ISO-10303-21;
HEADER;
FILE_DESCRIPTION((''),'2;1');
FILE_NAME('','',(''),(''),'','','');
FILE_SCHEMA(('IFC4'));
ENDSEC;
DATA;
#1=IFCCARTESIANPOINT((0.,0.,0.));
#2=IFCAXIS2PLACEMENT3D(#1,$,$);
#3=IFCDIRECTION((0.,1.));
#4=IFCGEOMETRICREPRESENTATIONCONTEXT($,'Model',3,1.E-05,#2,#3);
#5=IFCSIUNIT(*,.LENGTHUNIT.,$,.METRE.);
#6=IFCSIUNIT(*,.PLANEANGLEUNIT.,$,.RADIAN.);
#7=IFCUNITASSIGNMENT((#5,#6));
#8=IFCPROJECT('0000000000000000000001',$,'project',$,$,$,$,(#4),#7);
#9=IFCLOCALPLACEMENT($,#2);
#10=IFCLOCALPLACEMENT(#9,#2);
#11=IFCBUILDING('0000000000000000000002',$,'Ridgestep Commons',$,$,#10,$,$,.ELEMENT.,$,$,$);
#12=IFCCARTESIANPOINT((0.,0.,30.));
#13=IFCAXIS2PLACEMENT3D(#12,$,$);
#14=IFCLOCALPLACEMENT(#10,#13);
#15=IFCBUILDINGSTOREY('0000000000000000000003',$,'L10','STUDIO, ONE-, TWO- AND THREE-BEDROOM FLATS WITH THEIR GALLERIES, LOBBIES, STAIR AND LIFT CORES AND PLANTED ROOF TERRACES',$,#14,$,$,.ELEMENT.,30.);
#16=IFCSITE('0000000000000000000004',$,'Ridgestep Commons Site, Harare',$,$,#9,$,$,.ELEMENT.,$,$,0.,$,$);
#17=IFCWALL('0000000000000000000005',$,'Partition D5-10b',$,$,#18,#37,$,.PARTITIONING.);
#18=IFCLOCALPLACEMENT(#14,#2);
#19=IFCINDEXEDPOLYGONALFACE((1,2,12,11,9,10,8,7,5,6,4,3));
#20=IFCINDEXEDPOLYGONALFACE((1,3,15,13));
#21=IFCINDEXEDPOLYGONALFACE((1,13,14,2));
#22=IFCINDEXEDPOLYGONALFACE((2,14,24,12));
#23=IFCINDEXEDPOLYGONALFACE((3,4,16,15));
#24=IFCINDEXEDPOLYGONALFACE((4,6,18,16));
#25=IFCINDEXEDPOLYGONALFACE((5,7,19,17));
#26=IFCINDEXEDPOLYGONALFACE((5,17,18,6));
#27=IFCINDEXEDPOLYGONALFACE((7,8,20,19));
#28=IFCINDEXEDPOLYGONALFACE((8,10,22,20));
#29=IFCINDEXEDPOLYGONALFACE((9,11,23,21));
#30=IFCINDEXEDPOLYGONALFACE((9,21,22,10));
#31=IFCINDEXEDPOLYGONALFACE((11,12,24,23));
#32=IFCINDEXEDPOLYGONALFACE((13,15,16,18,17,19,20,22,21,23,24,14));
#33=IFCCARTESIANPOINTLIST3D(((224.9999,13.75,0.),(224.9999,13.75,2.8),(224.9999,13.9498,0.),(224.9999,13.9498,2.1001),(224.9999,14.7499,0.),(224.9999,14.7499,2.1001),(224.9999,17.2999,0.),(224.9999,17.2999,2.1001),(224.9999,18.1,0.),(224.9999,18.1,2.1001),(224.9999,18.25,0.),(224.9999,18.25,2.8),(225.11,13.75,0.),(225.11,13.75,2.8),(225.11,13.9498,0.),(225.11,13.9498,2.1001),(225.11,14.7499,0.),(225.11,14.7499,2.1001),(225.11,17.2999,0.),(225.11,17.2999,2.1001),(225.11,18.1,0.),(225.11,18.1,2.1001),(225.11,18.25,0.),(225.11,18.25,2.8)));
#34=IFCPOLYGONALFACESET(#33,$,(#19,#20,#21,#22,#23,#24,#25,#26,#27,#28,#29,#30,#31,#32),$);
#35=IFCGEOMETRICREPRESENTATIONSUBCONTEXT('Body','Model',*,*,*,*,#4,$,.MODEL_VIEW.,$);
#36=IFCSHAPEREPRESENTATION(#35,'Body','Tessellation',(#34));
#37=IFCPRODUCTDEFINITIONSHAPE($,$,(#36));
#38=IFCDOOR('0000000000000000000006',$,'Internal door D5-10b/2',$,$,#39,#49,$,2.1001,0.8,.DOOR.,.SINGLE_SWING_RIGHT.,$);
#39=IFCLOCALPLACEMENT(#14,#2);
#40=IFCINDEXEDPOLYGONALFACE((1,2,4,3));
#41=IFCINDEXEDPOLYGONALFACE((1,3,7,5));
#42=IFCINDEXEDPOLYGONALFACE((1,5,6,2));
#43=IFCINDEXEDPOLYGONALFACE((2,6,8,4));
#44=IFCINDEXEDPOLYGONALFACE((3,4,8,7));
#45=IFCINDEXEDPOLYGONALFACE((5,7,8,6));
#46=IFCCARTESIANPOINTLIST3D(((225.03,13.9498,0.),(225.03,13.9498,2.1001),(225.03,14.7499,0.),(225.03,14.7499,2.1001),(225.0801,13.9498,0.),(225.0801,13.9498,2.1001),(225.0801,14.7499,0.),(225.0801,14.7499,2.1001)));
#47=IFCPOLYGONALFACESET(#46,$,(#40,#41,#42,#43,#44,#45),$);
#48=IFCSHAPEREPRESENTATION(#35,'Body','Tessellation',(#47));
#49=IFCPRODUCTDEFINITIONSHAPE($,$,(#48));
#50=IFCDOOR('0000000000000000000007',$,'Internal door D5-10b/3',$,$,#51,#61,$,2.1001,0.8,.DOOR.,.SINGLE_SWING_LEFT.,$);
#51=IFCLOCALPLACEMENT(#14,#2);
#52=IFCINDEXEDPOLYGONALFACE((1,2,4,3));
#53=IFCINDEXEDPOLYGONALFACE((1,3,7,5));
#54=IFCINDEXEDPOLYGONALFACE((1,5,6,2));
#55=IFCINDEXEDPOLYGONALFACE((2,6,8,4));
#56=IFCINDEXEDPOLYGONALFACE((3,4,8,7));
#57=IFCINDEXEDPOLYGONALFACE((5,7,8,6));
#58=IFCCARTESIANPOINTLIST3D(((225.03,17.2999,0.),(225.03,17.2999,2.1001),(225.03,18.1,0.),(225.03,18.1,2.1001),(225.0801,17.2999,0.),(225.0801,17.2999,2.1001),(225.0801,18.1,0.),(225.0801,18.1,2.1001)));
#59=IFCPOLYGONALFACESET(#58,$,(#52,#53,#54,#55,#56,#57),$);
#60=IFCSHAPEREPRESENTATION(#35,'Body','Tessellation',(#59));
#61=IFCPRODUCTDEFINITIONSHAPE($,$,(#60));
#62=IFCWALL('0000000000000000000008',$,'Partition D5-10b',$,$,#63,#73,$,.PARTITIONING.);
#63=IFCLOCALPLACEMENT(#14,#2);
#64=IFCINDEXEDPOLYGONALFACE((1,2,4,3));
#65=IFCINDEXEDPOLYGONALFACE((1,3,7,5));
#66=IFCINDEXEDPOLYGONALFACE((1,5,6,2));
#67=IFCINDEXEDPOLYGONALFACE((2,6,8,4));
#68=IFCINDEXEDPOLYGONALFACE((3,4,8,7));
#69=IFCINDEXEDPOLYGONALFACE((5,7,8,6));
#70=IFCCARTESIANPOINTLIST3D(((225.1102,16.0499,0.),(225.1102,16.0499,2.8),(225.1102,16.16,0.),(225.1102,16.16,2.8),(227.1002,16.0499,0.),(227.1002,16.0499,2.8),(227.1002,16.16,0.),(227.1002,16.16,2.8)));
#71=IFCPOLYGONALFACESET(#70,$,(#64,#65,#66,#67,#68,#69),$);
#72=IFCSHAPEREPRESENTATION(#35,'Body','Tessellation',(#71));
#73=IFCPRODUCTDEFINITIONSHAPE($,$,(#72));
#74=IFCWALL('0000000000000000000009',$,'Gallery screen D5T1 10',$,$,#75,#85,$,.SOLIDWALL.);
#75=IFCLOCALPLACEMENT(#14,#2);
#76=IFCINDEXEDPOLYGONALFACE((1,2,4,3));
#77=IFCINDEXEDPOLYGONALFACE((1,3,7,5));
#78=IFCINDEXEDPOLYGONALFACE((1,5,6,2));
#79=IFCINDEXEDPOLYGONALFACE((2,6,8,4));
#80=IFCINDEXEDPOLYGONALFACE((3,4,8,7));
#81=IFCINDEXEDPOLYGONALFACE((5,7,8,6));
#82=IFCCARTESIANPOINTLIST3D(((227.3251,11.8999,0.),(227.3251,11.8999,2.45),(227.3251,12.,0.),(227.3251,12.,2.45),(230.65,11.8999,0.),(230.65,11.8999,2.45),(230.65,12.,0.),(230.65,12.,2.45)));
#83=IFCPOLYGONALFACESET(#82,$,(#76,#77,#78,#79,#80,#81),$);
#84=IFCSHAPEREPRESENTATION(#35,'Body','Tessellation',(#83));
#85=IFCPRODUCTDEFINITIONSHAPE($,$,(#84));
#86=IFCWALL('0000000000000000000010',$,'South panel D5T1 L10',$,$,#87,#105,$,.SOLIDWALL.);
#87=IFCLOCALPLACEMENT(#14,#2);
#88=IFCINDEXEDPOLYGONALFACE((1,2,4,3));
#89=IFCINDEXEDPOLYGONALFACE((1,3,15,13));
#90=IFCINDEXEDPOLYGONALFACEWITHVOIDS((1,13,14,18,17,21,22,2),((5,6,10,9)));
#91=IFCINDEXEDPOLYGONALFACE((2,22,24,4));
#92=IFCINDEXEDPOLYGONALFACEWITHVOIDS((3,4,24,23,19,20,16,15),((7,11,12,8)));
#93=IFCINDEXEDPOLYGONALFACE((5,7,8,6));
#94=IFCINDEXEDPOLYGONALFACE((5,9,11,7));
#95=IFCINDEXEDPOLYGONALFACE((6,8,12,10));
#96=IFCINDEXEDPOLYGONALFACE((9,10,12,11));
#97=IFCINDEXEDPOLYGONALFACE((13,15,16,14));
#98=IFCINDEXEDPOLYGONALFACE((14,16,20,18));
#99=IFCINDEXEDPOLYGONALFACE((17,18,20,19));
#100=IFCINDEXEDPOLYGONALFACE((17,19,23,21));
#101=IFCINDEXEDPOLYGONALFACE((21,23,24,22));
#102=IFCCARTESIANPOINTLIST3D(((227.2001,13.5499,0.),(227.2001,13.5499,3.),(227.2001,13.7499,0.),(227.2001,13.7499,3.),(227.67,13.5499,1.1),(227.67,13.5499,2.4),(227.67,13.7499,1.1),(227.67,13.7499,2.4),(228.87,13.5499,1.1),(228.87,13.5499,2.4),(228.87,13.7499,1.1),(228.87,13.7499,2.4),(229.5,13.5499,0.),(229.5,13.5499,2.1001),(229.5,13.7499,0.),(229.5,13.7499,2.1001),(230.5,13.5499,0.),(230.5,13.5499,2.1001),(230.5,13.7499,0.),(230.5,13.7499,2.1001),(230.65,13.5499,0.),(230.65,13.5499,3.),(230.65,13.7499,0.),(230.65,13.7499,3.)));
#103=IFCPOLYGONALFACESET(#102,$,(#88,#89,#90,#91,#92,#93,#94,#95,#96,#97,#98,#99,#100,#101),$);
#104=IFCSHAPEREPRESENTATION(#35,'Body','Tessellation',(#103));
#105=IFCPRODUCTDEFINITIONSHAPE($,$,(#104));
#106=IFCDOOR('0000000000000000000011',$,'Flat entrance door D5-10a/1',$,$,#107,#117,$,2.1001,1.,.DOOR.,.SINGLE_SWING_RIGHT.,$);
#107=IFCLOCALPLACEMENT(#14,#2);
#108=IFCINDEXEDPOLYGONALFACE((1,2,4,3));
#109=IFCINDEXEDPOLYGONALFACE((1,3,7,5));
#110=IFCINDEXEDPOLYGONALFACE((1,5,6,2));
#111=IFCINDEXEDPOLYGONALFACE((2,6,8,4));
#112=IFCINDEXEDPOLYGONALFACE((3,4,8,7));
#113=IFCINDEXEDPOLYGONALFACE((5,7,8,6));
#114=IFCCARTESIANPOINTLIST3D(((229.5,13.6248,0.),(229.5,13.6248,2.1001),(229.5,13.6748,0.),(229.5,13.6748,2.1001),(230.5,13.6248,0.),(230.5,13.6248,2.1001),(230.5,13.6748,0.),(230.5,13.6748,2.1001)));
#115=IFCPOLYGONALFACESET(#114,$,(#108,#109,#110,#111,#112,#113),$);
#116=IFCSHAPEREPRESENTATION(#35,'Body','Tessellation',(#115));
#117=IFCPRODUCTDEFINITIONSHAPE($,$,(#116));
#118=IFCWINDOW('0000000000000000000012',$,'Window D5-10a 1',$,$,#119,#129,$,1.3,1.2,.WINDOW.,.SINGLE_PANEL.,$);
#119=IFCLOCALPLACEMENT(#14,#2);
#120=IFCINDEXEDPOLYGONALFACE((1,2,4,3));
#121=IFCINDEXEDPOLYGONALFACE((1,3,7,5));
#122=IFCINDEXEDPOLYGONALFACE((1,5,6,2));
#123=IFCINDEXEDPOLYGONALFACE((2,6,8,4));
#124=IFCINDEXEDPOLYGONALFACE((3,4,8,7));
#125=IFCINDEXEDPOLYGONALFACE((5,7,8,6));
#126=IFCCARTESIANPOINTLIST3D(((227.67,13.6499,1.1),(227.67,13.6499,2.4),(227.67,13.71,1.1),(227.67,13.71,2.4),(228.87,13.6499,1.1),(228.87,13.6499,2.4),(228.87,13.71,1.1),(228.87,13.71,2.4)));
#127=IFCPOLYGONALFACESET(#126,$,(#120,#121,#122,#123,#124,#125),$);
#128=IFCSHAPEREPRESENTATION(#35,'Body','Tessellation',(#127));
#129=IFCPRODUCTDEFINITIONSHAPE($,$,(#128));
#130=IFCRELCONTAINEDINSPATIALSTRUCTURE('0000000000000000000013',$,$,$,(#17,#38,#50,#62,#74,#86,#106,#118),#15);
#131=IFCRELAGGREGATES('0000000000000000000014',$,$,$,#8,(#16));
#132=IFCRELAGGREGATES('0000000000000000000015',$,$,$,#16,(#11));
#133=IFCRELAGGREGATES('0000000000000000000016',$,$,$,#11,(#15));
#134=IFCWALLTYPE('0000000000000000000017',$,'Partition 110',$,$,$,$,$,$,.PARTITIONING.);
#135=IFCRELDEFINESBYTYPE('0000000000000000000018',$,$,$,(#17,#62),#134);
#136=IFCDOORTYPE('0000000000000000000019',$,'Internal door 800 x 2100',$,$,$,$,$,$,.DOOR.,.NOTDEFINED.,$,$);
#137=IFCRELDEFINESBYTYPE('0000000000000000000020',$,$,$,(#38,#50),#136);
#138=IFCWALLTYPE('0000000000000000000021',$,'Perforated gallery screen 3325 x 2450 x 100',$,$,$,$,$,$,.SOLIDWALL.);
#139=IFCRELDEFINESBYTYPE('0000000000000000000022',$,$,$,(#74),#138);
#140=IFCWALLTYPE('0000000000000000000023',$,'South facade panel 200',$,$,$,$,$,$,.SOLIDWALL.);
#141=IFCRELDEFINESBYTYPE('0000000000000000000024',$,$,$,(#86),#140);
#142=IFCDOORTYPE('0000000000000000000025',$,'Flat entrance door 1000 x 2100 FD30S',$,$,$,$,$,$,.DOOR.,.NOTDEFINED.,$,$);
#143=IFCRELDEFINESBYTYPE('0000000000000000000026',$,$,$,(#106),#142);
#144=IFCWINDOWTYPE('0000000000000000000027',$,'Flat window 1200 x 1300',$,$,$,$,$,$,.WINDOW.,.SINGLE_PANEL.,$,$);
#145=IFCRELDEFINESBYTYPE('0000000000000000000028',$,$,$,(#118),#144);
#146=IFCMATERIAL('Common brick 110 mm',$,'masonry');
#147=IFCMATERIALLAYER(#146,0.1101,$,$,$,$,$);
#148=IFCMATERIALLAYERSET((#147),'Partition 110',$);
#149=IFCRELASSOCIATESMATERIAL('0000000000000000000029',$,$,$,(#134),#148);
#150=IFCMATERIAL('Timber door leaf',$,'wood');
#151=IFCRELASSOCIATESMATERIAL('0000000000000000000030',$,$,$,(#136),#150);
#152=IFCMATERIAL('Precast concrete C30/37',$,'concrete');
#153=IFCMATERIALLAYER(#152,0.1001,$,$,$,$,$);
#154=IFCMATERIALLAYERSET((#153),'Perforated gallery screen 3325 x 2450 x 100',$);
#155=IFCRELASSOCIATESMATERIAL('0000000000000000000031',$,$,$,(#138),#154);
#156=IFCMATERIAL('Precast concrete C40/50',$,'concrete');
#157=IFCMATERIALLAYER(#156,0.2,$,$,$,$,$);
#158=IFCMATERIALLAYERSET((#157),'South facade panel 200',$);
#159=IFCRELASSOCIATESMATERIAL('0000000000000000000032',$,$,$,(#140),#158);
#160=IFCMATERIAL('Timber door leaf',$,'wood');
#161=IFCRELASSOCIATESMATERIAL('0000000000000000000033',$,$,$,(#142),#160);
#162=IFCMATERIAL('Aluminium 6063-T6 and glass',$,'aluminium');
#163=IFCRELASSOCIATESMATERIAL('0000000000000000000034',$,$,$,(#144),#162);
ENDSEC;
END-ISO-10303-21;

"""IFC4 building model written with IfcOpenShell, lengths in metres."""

from ifc_helpers import new_model, si_unit, direction, frame, frame_2d, origin, place, context, subcontext, project, spatial, rectangle, extrude, material, layer, layer_set, type_object, element, fill, save


model = new_model("IFC4")

# Units and contexts
model_context = context("Model", 3, precision=1e-05, world=origin(), true_north=direction((0.0, 1.0)))
body_context = subcontext(model_context, "Body", "Model", "MODEL_VIEW")
ifc_project = project(units=[si_unit("LENGTHUNIT", "METRE"), si_unit("PLANEANGLEUNIT", "RADIAN")], contexts=[model_context])

# Site, building, storey
site_placement = place(None, origin())
site = spatial("IfcSite", under=ifc_project, at=site_placement, Name="Ridgestep Commons Site, Harare", CompositionType="ELEMENT", RefElevation=0.0)
building_placement = place(site_placement, origin())
building = spatial("IfcBuilding", under=site, at=building_placement, Name="Ridgestep Commons", CompositionType="ELEMENT")
storey_placement = place(building_placement, frame((0.0, 0.0, 30.0)))
storey = spatial("IfcBuildingStorey", under=building, at=storey_placement, Name="L10", Description="STUDIO, ONE-, TWO- AND THREE-BEDROOM FLATS WITH THEIR GALLERIES, LOBBIES, STAIR AND LIFT CORES AND PLANTED ROOF TERRACES", CompositionType="ELEMENT", Elevation=30.0)

# Shared definitions
ifc_material_1 = material(Name="Common brick 110 mm", Category="masonry")
ifc_layer_1 = layer(ifc_material_1, 0.1101)
ifc_layer_set_1 = layer_set([ifc_layer_1], Name="Partition 110")
wall_type_1 = type_object("IfcWallType", Name="Partition 110", PredefinedType="PARTITIONING", material=ifc_layer_set_1)

# Shared definitions
ifc_material_2 = material(Name="Timber door leaf", Category="wood")
door_type_1 = type_object("IfcDoorType", Name="Internal door 800 x 2100", OperationType="NOTDEFINED", PredefinedType="DOOR", material=ifc_material_2)

# Wall, openings, doors
wall_1_placement = place(storey_placement, frame((225.0549, 13.75, 0.0), z_axis=(0.0, 0.0, 1.0), x_axis=(0.0, 1.0, 0.0)))
wall_1 = element("IfcWall", 1, at=wall_1_placement, inside=storey, type_object=wall_type_1, Name="Partition D5-10b", PredefinedType="PARTITIONING", context=body_context, shape_type="SweptSolid", body=[
    extrude(rectangle(XDim=4.5, YDim=0.1101, at=frame_2d((2.25, 0.0))), origin(), (0.0, 0.0, 1.0), 2.8),
])
opening_1_placement = place(wall_1_placement, frame((0.2, 0.0, 0.0)))
opening_1 = element("IfcOpeningElement", 2, at=opening_1_placement, cuts=wall_1, PredefinedType="OPENING", context=body_context, shape_type="SweptSolid", body=[
    extrude(rectangle(XDim=0.8, YDim=2.1001, at=frame_2d((0.3999, 1.05))), frame((0.0, 0.0649, 0.0), z_axis=(0.0, -1.0, 0.0), x_axis=(1.0, 0.0, 0.0)), (0.0, 0.0, 1.0), 0.1301),
])
opening_2_placement = place(wall_1_placement, frame((3.55, 0.0, 0.0)))
opening_2 = element("IfcOpeningElement", 3, at=opening_2_placement, cuts=wall_1, PredefinedType="OPENING", context=body_context, shape_type="SweptSolid", body=[
    extrude(rectangle(XDim=0.8, YDim=2.1001, at=frame_2d((0.3999, 1.05))), frame((0.0, 0.0649, 0.0), z_axis=(0.0, -1.0, 0.0), x_axis=(1.0, 0.0, 0.0)), (0.0, 0.0, 1.0), 0.1301),
])
door_1_placement = place(opening_1_placement, origin())
door_1 = element("IfcDoor", 4, at=door_1_placement, inside=storey, type_object=door_type_1, Name="Internal door D5-10b/2", OperationType="SINGLE_SWING_RIGHT", OverallHeight=2.1001, OverallWidth=0.8, PredefinedType="DOOR", context=body_context, shape_type="SweptSolid", body=[
    extrude(rectangle(XDim=0.8, YDim=2.1001, at=frame_2d((0.3999, 1.05))), frame((0.0, 0.0249, 0.0), z_axis=(0.0, -1.0, 0.0), x_axis=(1.0, 0.0, 0.0)), (0.0, 0.0, 1.0), 0.05),
])
fill(opening_1, door_1)
door_2_placement = place(opening_2_placement, origin())
door_2 = element("IfcDoor", 5, at=door_2_placement, inside=storey, type_object=door_type_1, Name="Internal door D5-10b/3", OperationType="SINGLE_SWING_LEFT", OverallHeight=2.1001, OverallWidth=0.8, PredefinedType="DOOR", context=body_context, shape_type="SweptSolid", body=[
    extrude(rectangle(XDim=0.8, YDim=2.1001, at=frame_2d((0.3999, 1.05))), frame((0.0, 0.0249, 0.0), z_axis=(0.0, -1.0, 0.0), x_axis=(1.0, 0.0, 0.0)), (0.0, 0.0, 1.0), 0.05),
])
fill(opening_2, door_2)

# Walls
wall_2_placement = place(storey_placement, frame((225.1101, 16.105, 0.0), z_axis=(0.0, 0.0, 1.0), x_axis=(1.0, 0.0, 0.0)))
element("IfcWall", 6, at=wall_2_placement, inside=storey, type_object=wall_type_1, Name="Partition D5-10b", PredefinedType="PARTITIONING", context=body_context, shape_type="SweptSolid", body=[
    extrude(rectangle(XDim=1.99, YDim=0.1101, at=frame_2d((0.9951, 0.0))), origin(), (0.0, 0.0, 1.0), 2.8),
])
ifc_material_3 = material(Name="Precast concrete C30/37", Category="concrete")
ifc_layer_2 = layer(ifc_material_3, 0.1001)
ifc_layer_set_2 = layer_set([ifc_layer_2], Name="Perforated gallery screen 3325 x 2450 x 100")
wall_type_2 = type_object("IfcWallType", Name="Perforated gallery screen 3325 x 2450 x 100", PredefinedType="SOLIDWALL", material=ifc_layer_set_2)
wall_3_placement = place(storey_placement, frame((227.325, 11.95, 0.0), z_axis=(0.0, 0.0, 1.0), x_axis=(1.0, 0.0, 0.0)))
element("IfcWall", 7, at=wall_3_placement, inside=storey, type_object=wall_type_2, Name="Gallery screen D5T1 10", PredefinedType="SOLIDWALL", context=body_context, shape_type="SweptSolid", body=[
    extrude(rectangle(XDim=3.325, YDim=0.1001, at=frame_2d((1.6626, 0.0))), origin(), (0.0, 0.0, 1.0), 2.45),
])

# Wall, openings, door, window
ifc_material_4 = material(Name="Precast concrete C40/50", Category="concrete")
ifc_layer_3 = layer(ifc_material_4, 0.2)
ifc_layer_set_3 = layer_set([ifc_layer_3], Name="South facade panel 200")
wall_type_3 = type_object("IfcWallType", Name="South facade panel 200", PredefinedType="SOLIDWALL", material=ifc_layer_set_3)
wall_4_placement = place(storey_placement, frame((227.2, 13.6499, 0.0), z_axis=(0.0, 0.0, 1.0), x_axis=(1.0, 0.0, 0.0)))
wall_4 = element("IfcWall", 8, at=wall_4_placement, inside=storey, type_object=wall_type_3, Name="South panel D5T1 L10", PredefinedType="SOLIDWALL", context=body_context, shape_type="SweptSolid", body=[
    extrude(rectangle(XDim=3.45, YDim=0.2, at=frame_2d((1.7251, 0.0))), origin(), (0.0, 0.0, 1.0), 3.0),
])
opening_3_placement = place(wall_4_placement, frame((0.47, 0.0, 1.1001)))
opening_3 = element("IfcOpeningElement", 9, at=opening_3_placement, cuts=wall_4, PredefinedType="OPENING", context=body_context, shape_type="SweptSolid", body=[
    extrude(rectangle(XDim=1.2, YDim=1.3, at=frame_2d((0.6001, 0.6499))), frame((0.0, 0.1099, 0.0), z_axis=(0.0, -1.0, 0.0), x_axis=(1.0, 0.0, 0.0)), (0.0, 0.0, 1.0), 0.22),
])
opening_4_placement = place(wall_4_placement, frame((2.3, 0.0, 0.0)))
opening_4 = element("IfcOpeningElement", 10, at=opening_4_placement, cuts=wall_4, PredefinedType="OPENING", context=body_context, shape_type="SweptSolid", body=[
    extrude(rectangle(XDim=1.0, YDim=2.1001, at=frame_2d((0.5, 1.05))), frame((0.0, 0.1099, 0.0), z_axis=(0.0, -1.0, 0.0), x_axis=(1.0, 0.0, 0.0)), (0.0, 0.0, 1.0), 0.22),
])
ifc_material_5 = material(Name="Timber door leaf", Category="wood")
door_type_2 = type_object("IfcDoorType", Name="Flat entrance door 1000 x 2100 FD30S", OperationType="NOTDEFINED", PredefinedType="DOOR", material=ifc_material_5)
door_3_placement = place(opening_4_placement, origin())
door_3 = element("IfcDoor", 11, at=door_3_placement, inside=storey, type_object=door_type_2, Name="Flat entrance door D5-10a/1", OperationType="SINGLE_SWING_RIGHT", OverallHeight=2.1001, OverallWidth=1.0, PredefinedType="DOOR", context=body_context, shape_type="SweptSolid", body=[
    extrude(rectangle(XDim=1.0, YDim=2.1001, at=frame_2d((0.5, 1.05))), frame((0.0, 0.0249, 0.0), z_axis=(0.0, -1.0, 0.0), x_axis=(1.0, 0.0, 0.0)), (0.0, 0.0, 1.0), 0.05),
])
fill(opening_4, door_3)
ifc_material_6 = material(Name="Aluminium 6063-T6 and glass", Category="aluminium")
window_type = type_object("IfcWindowType", Name="Flat window 1200 x 1300", PartitioningType="SINGLE_PANEL", PredefinedType="WINDOW", material=ifc_material_6)
window_placement = place(opening_3_placement, origin())
window = element("IfcWindow", 12, at=window_placement, inside=storey, type_object=window_type, Name="Window D5-10a 1", OverallHeight=1.3, OverallWidth=1.2, PartitioningType="SINGLE_PANEL", PredefinedType="WINDOW", context=body_context, shape_type="SweptSolid", body=[
    extrude(rectangle(XDim=1.2, YDim=1.3, at=frame_2d((0.6001, 0.6499))), frame((0.0, 0.0601, 0.0), z_axis=(0.0, -1.0, 0.0), x_axis=(1.0, 0.0, 0.0)), (0.0, 0.0, 1.0), 0.0601),
])
fill(opening_3, window)

save(model, "model.ifc")
